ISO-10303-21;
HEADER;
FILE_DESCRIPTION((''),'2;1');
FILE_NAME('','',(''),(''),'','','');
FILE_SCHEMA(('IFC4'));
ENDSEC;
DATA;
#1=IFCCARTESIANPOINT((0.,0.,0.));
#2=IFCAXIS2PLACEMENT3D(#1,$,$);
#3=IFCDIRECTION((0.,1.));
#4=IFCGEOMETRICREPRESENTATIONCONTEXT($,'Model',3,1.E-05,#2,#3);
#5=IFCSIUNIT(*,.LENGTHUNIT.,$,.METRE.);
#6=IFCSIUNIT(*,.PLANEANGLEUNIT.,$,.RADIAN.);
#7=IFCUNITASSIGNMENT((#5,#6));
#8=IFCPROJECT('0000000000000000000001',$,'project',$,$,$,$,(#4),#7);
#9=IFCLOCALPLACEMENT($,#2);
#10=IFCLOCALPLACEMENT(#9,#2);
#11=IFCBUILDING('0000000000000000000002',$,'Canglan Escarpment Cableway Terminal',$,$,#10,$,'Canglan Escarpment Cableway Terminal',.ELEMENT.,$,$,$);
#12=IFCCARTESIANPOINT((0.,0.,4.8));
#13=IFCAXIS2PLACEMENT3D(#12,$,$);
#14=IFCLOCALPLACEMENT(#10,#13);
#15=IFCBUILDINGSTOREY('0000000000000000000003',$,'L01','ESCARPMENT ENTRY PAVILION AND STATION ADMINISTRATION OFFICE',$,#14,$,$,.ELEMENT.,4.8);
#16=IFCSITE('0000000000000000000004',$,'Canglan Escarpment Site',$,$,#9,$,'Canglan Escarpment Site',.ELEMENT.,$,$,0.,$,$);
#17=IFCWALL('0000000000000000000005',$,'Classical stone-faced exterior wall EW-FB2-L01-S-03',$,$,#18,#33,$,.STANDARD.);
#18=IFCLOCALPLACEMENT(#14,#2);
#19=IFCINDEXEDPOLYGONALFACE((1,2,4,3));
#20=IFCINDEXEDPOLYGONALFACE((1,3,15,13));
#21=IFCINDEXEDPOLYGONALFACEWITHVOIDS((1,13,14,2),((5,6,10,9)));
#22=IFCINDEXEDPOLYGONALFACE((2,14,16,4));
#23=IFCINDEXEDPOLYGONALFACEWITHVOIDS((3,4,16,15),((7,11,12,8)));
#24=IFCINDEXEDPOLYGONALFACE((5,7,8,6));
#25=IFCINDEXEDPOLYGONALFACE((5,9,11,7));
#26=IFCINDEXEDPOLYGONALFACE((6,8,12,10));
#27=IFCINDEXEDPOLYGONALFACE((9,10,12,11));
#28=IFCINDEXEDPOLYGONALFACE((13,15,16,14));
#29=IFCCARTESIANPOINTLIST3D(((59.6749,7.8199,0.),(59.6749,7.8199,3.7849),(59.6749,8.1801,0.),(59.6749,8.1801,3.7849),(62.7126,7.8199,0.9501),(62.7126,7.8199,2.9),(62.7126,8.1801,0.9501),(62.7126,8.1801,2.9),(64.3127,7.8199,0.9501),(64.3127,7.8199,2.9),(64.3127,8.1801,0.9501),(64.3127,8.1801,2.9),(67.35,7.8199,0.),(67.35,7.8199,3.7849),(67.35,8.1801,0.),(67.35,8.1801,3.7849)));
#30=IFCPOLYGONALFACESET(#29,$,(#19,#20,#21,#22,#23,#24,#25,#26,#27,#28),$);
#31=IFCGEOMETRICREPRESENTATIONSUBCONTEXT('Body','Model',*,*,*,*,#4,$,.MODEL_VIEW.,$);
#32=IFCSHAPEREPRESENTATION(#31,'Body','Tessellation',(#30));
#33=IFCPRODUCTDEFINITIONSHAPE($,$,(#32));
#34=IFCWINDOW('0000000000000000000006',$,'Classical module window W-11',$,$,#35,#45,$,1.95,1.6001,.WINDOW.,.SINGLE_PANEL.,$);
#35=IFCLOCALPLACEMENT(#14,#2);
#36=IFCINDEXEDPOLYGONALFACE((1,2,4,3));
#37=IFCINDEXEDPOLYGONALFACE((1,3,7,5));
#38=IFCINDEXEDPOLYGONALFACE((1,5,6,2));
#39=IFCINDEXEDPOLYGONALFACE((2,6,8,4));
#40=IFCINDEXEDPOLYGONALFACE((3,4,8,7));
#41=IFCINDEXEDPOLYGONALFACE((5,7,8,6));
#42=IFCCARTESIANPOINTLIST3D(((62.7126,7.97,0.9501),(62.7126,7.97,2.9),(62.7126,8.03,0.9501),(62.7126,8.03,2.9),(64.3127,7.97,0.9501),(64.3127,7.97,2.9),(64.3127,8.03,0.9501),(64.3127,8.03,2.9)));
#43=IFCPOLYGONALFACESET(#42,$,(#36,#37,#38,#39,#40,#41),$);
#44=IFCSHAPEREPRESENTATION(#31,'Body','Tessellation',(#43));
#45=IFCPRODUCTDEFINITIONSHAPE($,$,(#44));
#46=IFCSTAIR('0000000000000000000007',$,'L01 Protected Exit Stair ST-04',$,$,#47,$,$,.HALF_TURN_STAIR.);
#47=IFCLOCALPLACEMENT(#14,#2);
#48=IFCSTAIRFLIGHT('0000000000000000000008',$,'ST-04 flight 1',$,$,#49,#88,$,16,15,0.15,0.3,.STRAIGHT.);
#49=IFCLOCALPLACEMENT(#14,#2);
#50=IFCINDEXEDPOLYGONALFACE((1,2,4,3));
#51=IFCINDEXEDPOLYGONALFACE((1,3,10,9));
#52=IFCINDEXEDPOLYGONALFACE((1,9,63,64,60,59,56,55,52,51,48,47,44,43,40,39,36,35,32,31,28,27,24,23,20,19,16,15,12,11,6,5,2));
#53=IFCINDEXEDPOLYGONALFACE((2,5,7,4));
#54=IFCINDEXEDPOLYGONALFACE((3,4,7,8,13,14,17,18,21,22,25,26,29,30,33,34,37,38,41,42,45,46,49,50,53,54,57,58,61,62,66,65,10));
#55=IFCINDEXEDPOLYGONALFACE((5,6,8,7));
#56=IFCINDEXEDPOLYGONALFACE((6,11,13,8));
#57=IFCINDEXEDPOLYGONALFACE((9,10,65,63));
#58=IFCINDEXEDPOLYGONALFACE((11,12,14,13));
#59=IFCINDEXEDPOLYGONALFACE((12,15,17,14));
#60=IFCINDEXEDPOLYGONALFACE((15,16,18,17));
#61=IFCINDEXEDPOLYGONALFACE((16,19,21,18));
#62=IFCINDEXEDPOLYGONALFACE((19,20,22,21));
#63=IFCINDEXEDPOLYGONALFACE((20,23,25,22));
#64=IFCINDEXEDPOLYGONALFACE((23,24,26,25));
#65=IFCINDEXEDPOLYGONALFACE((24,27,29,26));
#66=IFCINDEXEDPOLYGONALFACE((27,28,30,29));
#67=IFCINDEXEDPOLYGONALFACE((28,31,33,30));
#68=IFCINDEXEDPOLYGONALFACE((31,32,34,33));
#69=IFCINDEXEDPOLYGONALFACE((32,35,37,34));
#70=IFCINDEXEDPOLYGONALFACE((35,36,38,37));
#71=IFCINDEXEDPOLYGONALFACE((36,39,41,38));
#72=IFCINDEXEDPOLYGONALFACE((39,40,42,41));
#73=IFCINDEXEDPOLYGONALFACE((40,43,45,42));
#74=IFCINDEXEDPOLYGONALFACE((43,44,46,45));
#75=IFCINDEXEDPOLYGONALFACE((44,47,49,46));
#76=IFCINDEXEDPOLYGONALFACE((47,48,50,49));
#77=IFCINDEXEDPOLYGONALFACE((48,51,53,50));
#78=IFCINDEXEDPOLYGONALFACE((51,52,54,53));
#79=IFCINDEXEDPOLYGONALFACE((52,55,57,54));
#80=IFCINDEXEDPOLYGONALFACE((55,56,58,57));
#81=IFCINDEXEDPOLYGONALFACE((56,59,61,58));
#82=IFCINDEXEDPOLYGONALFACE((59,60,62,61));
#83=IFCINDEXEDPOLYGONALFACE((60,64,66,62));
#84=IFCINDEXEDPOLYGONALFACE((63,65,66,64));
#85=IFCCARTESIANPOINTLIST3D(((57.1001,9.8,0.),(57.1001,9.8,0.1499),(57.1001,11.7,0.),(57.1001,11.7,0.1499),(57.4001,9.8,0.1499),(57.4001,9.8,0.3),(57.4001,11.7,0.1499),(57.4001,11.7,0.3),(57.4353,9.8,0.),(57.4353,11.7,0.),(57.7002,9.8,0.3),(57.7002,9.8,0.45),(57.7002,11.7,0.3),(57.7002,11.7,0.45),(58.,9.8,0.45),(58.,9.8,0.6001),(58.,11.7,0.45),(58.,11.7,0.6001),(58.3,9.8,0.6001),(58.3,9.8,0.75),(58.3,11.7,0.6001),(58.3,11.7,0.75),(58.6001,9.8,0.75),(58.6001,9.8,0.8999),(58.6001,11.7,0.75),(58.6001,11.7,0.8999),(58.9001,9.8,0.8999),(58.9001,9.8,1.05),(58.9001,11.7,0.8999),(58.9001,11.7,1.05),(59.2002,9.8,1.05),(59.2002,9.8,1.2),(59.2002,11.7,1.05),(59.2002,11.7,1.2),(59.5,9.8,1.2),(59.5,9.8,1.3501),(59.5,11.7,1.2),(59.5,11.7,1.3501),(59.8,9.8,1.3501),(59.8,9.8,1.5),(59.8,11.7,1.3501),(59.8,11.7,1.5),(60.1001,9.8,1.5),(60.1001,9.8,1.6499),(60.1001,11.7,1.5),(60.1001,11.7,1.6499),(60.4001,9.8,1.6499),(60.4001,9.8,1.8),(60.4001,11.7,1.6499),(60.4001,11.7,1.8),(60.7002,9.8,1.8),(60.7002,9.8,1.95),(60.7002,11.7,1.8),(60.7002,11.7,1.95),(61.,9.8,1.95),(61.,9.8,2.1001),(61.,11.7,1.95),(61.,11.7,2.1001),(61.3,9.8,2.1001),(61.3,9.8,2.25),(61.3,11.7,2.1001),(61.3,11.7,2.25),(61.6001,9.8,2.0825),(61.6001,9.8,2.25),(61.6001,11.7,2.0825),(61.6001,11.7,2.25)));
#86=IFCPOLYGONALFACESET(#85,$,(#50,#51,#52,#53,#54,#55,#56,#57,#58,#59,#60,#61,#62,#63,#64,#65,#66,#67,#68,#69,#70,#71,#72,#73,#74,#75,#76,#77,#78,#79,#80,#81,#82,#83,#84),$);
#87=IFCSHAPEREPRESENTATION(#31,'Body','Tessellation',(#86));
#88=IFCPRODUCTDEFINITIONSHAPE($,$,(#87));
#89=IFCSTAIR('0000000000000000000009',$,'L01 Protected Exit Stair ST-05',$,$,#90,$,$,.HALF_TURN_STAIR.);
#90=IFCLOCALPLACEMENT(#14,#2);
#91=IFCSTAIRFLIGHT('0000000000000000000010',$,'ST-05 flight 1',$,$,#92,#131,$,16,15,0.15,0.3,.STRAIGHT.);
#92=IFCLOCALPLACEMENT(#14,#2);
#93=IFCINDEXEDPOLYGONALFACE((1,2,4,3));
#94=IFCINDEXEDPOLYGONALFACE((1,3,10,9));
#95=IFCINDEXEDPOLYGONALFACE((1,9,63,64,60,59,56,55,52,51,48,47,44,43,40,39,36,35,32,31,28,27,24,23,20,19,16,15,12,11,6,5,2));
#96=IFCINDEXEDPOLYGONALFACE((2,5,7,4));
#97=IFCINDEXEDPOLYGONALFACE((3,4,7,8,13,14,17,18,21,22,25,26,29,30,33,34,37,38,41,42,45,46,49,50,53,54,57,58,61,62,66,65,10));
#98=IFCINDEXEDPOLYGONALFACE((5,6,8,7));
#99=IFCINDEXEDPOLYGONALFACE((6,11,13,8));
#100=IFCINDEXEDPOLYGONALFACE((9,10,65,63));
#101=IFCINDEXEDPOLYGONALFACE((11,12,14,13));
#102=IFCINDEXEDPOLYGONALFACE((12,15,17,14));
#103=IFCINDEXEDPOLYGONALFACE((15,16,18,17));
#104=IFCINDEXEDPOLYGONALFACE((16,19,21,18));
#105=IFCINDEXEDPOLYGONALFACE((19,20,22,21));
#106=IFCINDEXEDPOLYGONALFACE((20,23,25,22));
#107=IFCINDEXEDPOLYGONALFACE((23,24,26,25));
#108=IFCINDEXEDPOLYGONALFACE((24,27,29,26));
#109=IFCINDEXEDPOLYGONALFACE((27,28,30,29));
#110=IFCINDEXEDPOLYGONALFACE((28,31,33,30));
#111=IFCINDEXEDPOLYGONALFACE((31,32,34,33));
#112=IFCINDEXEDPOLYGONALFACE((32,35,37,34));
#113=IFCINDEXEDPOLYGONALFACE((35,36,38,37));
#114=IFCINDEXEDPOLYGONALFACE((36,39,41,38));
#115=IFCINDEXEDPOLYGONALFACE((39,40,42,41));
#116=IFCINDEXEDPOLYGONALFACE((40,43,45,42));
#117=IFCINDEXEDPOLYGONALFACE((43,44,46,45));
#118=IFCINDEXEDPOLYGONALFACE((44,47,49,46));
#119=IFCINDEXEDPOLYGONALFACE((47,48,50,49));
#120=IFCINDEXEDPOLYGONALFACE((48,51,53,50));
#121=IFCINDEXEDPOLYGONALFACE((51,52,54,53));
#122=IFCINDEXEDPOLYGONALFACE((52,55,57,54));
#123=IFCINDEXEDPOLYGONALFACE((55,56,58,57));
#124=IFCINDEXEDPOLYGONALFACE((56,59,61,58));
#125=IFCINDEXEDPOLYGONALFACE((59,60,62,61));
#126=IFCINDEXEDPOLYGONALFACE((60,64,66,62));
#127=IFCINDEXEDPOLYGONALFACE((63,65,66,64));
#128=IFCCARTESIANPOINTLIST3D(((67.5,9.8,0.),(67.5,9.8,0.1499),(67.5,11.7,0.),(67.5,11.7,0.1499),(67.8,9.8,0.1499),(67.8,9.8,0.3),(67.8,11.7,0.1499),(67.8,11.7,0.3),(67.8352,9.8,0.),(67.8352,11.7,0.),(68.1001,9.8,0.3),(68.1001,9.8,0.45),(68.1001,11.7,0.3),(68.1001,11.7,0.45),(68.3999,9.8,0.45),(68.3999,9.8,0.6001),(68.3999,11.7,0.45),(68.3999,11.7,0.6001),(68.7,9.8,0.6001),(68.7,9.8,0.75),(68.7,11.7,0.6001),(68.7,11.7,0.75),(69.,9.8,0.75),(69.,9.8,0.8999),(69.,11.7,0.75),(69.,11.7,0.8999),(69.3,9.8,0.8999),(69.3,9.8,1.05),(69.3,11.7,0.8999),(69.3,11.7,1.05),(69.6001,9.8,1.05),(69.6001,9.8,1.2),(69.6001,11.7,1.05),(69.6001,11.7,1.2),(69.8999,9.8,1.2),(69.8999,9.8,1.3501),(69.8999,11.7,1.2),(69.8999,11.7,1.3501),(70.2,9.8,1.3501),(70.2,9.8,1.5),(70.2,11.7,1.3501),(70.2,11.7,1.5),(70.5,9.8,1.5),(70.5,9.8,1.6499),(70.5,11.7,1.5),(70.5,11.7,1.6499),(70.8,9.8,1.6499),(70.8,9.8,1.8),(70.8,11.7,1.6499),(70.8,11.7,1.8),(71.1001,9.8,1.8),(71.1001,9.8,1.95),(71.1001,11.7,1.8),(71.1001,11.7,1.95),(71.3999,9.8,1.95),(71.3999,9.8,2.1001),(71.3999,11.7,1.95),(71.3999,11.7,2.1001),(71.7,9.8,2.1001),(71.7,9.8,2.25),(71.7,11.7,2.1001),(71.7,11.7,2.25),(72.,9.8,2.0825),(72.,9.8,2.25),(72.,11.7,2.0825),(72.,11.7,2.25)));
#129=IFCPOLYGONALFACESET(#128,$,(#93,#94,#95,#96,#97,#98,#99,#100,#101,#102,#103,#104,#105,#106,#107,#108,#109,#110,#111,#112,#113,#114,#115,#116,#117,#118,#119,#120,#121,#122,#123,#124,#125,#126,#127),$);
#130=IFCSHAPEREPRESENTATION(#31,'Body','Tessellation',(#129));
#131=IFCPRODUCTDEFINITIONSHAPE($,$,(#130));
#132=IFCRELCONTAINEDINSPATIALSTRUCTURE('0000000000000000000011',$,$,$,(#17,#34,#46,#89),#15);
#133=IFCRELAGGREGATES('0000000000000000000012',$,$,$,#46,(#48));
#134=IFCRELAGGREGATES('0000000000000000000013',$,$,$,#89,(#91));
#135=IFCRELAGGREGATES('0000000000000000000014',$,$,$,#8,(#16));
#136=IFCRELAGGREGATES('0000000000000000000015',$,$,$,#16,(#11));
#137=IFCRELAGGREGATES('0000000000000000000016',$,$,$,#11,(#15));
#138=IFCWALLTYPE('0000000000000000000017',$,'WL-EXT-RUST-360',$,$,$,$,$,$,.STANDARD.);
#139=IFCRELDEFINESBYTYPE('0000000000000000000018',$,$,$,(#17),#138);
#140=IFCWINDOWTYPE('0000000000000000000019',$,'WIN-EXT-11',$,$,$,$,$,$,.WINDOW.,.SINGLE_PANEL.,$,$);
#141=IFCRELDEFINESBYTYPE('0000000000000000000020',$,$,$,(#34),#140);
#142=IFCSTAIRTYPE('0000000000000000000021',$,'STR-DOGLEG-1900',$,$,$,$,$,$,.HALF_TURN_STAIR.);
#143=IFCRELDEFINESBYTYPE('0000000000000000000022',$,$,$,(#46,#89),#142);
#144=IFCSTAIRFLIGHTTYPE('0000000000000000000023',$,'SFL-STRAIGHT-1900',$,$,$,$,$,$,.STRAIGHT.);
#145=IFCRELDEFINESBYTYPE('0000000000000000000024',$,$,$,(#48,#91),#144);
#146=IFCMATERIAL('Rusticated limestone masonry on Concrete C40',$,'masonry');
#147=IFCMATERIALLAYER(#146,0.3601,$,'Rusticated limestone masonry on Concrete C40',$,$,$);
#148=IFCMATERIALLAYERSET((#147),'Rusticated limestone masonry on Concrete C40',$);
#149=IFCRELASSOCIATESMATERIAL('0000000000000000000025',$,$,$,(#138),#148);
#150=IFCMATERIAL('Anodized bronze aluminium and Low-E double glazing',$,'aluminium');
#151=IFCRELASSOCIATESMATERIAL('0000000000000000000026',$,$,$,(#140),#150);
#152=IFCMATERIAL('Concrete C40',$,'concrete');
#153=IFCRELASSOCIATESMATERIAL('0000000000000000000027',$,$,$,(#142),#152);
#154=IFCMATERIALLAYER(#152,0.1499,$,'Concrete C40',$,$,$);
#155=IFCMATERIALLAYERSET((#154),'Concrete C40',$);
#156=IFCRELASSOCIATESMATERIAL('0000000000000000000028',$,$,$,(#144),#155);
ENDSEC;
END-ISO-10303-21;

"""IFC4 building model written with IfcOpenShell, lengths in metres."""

from ifc_helpers import new_model, si_unit, direction, frame, frame_2d, origin, place, context, subcontext, project, spatial, polyline, rectangle, outline, extrude, material, layer, layer_set, type_object, element, fill, aggregate, save


model = new_model("IFC4")

# Units and contexts
model_context = context("Model", 3, precision=1e-05, world=origin(), true_north=direction((0.0, 1.0)))
body_context = subcontext(model_context, "Body", "Model", "MODEL_VIEW")
ifc_project = project(units=[si_unit("LENGTHUNIT", "METRE"), si_unit("PLANEANGLEUNIT", "RADIAN")], contexts=[model_context])

# Site, building, storey
site_placement = place(None, origin())
site = spatial("IfcSite", under=ifc_project, at=site_placement, Name="Canglan Escarpment Site", LongName="Canglan Escarpment Site", CompositionType="ELEMENT", RefElevation=0.0)
building_placement = place(site_placement, origin())
building = spatial("IfcBuilding", under=site, at=building_placement, Name="Canglan Escarpment Cableway Terminal", LongName="Canglan Escarpment Cableway Terminal", CompositionType="ELEMENT")
storey_placement = place(building_placement, frame((0.0, 0.0, 4.8)))
storey = spatial("IfcBuildingStorey", under=building, at=storey_placement, Name="L01", Description="ESCARPMENT ENTRY PAVILION AND STATION ADMINISTRATION OFFICE", CompositionType="ELEMENT", Elevation=4.8)

# Shared definitions
ifc_material_1 = material(Name="Concrete C40", Category="concrete")

# Shared definitions
ifc_material_2 = material(Name="Anodized bronze aluminium and Low-E double glazing", Category="aluminium")

# Wall, opening, window
ifc_material_3 = material(Name="Rusticated limestone masonry on Concrete C40", Category="masonry")
ifc_layer_1 = layer(ifc_material_3, 0.3601, Name="Rusticated limestone masonry on Concrete C40")
ifc_layer_set_1 = layer_set([ifc_layer_1], Name="Rusticated limestone masonry on Concrete C40")
wall_type_1 = type_object("IfcWallType", Name="WL-EXT-RUST-360", PredefinedType="STANDARD", material=ifc_layer_set_1)
wall_1_placement = place(storey_placement, frame((59.675, 8.0, 0.0), z_axis=(0.0, 0.0, 1.0), x_axis=(1.0, 0.0, 0.0)))
wall_1 = element("IfcWall", 1, at=wall_1_placement, inside=storey, type_object=wall_type_1, Name="Classical stone-faced exterior wall EW-FB2-L01-S-03", PredefinedType="STANDARD", context=body_context, shape_type="SweptSolid", body=[
    extrude(rectangle(XDim=7.675, YDim=0.3601, at=frame_2d((3.8374, 0.0))), origin(), (0.0, 0.0, 1.0), 3.7849),
])
opening_placement = place(wall_1_placement, frame((3.0376, 0.0, 0.95)))
opening = element("IfcOpeningElement", 2, at=opening_placement, cuts=wall_1, PredefinedType="OPENING", context=body_context, shape_type="SweptSolid", body=[
    extrude(rectangle(XDim=1.6001, YDim=1.95, at=frame_2d((0.8, 0.9751))), frame((0.0, 0.1899, 0.0), z_axis=(0.0, -1.0, 0.0), x_axis=(1.0, 0.0, 0.0)), (0.0, 0.0, 1.0), 0.3801),
])
window_type = type_object("IfcWindowType", Name="WIN-EXT-11", PartitioningType="SINGLE_PANEL", PredefinedType="WINDOW", material=ifc_material_2)
window_placement = place(opening_placement, origin())
window = element("IfcWindow", 3, at=window_placement, inside=storey, type_object=window_type, Name="Classical module window W-11", OverallHeight=1.95, OverallWidth=1.6001, PartitioningType="SINGLE_PANEL", PredefinedType="WINDOW", context=body_context, shape_type="SweptSolid", body=[
    extrude(rectangle(XDim=1.6001, YDim=1.95, at=frame_2d((0.8, 0.9751))), frame((0.0, 0.03, 0.0), z_axis=(0.0, -1.0, 0.0), x_axis=(1.0, 0.0, 0.0)), (0.0, 0.0, 1.0), 0.0601),
])
fill(opening, window)

# Stairs, stair flights
stair_type = type_object("IfcStairType", Name="STR-DOGLEG-1900", PredefinedType="HALF_TURN_STAIR", material=ifc_material_1)
stair_1_placement = place(storey_placement, origin())
stair_1 = element("IfcStair", 4, at=stair_1_placement, inside=storey, type_object=stair_type, Name="L01 Protected Exit Stair ST-04", PredefinedType="HALF_TURN_STAIR")
ifc_layer_2 = layer(ifc_material_1, 0.1499, Name="Concrete C40")
ifc_layer_set_2 = layer_set([ifc_layer_2], Name="Concrete C40")
stair_flight_type = type_object("IfcStairFlightType", Name="SFL-STRAIGHT-1900", PredefinedType="STRAIGHT", material=ifc_layer_set_2)
stair_flight_1_placement = place(storey_placement, frame((57.1001, 10.75, 0.0), z_axis=(0.0, 0.0, 1.0), x_axis=(1.0, 0.0, 0.0)))
stair_flight_1 = element("IfcStairFlight", 5, at=stair_flight_1_placement, type_object=stair_flight_type, Name="ST-04 flight 1", NumberOfRisers=16, NumberOfTreads=15, PredefinedType="STRAIGHT", RiserHeight=0.15, TreadLength=0.3, context=body_context, shape_type="SweptSolid", body=[
    extrude(outline(polyline([(0.0, 0.0), (0.0, 0.1499), (0.3, 0.1499), (0.3, 0.3), (0.6001, 0.3), (0.6001, 0.45), (0.8999, 0.45), (0.8999, 0.6001), (1.2, 0.6001), (1.2, 0.75), (1.5, 0.75), (1.5, 0.8999), (1.8, 0.8999), (1.8, 1.05), (2.1001, 1.05), (2.1001, 1.2), (2.3999, 1.2), (2.3999, 1.3501), (2.7, 1.3501), (2.7, 1.5), (3.0, 1.5), (3.0, 1.6499), (3.3, 1.6499), (3.3, 1.8), (3.6001, 1.8), (3.6001, 1.95), (3.8999, 1.95), (3.8999, 2.1001), (4.2, 2.1001), (4.2, 2.25), (4.5, 2.25), (4.5, 2.3999), (4.5, 2.0825), (0.3352, 0.0), (0.0, 0.0)])), frame((0.0, 0.95, 0.0), z_axis=(0.0, -1.0, 0.0), x_axis=(1.0, 0.0, 0.0)), (0.0, 0.0, 1.0), 1.8999),
])
aggregate(stair_1, [stair_flight_1])
stair_2_placement = place(storey_placement, origin())
stair_2 = element("IfcStair", 6, at=stair_2_placement, inside=storey, type_object=stair_type, Name="L01 Protected Exit Stair ST-05", PredefinedType="HALF_TURN_STAIR")
stair_flight_2_placement = place(storey_placement, frame((67.5, 10.75, 0.0), z_axis=(0.0, 0.0, 1.0), x_axis=(1.0, 0.0, 0.0)))
stair_flight_2 = element("IfcStairFlight", 7, at=stair_flight_2_placement, type_object=stair_flight_type, Name="ST-05 flight 1", NumberOfRisers=16, NumberOfTreads=15, PredefinedType="STRAIGHT", RiserHeight=0.15, TreadLength=0.3, context=body_context, shape_type="SweptSolid", body=[
    extrude(outline(polyline([(0.0, 0.0), (0.0, 0.1499), (0.3, 0.1499), (0.3, 0.3), (0.6001, 0.3), (0.6001, 0.45), (0.8999, 0.45), (0.8999, 0.6001), (1.2, 0.6001), (1.2, 0.75), (1.5, 0.75), (1.5, 0.8999), (1.8, 0.8999), (1.8, 1.05), (2.1001, 1.05), (2.1001, 1.2), (2.3999, 1.2), (2.3999, 1.3501), (2.7, 1.3501), (2.7, 1.5), (3.0, 1.5), (3.0, 1.6499), (3.3, 1.6499), (3.3, 1.8), (3.6001, 1.8), (3.6001, 1.95), (3.8999, 1.95), (3.8999, 2.1001), (4.2, 2.1001), (4.2, 2.25), (4.5, 2.25), (4.5, 2.3999), (4.5, 2.0825), (0.3352, 0.0), (0.0, 0.0)])), frame((0.0, 0.95, 0.0), z_axis=(0.0, -1.0, 0.0), x_axis=(1.0, 0.0, 0.0)), (0.0, 0.0, 1.0), 1.8999),
])
aggregate(stair_2, [stair_flight_2])

save(model, "model.ifc")
